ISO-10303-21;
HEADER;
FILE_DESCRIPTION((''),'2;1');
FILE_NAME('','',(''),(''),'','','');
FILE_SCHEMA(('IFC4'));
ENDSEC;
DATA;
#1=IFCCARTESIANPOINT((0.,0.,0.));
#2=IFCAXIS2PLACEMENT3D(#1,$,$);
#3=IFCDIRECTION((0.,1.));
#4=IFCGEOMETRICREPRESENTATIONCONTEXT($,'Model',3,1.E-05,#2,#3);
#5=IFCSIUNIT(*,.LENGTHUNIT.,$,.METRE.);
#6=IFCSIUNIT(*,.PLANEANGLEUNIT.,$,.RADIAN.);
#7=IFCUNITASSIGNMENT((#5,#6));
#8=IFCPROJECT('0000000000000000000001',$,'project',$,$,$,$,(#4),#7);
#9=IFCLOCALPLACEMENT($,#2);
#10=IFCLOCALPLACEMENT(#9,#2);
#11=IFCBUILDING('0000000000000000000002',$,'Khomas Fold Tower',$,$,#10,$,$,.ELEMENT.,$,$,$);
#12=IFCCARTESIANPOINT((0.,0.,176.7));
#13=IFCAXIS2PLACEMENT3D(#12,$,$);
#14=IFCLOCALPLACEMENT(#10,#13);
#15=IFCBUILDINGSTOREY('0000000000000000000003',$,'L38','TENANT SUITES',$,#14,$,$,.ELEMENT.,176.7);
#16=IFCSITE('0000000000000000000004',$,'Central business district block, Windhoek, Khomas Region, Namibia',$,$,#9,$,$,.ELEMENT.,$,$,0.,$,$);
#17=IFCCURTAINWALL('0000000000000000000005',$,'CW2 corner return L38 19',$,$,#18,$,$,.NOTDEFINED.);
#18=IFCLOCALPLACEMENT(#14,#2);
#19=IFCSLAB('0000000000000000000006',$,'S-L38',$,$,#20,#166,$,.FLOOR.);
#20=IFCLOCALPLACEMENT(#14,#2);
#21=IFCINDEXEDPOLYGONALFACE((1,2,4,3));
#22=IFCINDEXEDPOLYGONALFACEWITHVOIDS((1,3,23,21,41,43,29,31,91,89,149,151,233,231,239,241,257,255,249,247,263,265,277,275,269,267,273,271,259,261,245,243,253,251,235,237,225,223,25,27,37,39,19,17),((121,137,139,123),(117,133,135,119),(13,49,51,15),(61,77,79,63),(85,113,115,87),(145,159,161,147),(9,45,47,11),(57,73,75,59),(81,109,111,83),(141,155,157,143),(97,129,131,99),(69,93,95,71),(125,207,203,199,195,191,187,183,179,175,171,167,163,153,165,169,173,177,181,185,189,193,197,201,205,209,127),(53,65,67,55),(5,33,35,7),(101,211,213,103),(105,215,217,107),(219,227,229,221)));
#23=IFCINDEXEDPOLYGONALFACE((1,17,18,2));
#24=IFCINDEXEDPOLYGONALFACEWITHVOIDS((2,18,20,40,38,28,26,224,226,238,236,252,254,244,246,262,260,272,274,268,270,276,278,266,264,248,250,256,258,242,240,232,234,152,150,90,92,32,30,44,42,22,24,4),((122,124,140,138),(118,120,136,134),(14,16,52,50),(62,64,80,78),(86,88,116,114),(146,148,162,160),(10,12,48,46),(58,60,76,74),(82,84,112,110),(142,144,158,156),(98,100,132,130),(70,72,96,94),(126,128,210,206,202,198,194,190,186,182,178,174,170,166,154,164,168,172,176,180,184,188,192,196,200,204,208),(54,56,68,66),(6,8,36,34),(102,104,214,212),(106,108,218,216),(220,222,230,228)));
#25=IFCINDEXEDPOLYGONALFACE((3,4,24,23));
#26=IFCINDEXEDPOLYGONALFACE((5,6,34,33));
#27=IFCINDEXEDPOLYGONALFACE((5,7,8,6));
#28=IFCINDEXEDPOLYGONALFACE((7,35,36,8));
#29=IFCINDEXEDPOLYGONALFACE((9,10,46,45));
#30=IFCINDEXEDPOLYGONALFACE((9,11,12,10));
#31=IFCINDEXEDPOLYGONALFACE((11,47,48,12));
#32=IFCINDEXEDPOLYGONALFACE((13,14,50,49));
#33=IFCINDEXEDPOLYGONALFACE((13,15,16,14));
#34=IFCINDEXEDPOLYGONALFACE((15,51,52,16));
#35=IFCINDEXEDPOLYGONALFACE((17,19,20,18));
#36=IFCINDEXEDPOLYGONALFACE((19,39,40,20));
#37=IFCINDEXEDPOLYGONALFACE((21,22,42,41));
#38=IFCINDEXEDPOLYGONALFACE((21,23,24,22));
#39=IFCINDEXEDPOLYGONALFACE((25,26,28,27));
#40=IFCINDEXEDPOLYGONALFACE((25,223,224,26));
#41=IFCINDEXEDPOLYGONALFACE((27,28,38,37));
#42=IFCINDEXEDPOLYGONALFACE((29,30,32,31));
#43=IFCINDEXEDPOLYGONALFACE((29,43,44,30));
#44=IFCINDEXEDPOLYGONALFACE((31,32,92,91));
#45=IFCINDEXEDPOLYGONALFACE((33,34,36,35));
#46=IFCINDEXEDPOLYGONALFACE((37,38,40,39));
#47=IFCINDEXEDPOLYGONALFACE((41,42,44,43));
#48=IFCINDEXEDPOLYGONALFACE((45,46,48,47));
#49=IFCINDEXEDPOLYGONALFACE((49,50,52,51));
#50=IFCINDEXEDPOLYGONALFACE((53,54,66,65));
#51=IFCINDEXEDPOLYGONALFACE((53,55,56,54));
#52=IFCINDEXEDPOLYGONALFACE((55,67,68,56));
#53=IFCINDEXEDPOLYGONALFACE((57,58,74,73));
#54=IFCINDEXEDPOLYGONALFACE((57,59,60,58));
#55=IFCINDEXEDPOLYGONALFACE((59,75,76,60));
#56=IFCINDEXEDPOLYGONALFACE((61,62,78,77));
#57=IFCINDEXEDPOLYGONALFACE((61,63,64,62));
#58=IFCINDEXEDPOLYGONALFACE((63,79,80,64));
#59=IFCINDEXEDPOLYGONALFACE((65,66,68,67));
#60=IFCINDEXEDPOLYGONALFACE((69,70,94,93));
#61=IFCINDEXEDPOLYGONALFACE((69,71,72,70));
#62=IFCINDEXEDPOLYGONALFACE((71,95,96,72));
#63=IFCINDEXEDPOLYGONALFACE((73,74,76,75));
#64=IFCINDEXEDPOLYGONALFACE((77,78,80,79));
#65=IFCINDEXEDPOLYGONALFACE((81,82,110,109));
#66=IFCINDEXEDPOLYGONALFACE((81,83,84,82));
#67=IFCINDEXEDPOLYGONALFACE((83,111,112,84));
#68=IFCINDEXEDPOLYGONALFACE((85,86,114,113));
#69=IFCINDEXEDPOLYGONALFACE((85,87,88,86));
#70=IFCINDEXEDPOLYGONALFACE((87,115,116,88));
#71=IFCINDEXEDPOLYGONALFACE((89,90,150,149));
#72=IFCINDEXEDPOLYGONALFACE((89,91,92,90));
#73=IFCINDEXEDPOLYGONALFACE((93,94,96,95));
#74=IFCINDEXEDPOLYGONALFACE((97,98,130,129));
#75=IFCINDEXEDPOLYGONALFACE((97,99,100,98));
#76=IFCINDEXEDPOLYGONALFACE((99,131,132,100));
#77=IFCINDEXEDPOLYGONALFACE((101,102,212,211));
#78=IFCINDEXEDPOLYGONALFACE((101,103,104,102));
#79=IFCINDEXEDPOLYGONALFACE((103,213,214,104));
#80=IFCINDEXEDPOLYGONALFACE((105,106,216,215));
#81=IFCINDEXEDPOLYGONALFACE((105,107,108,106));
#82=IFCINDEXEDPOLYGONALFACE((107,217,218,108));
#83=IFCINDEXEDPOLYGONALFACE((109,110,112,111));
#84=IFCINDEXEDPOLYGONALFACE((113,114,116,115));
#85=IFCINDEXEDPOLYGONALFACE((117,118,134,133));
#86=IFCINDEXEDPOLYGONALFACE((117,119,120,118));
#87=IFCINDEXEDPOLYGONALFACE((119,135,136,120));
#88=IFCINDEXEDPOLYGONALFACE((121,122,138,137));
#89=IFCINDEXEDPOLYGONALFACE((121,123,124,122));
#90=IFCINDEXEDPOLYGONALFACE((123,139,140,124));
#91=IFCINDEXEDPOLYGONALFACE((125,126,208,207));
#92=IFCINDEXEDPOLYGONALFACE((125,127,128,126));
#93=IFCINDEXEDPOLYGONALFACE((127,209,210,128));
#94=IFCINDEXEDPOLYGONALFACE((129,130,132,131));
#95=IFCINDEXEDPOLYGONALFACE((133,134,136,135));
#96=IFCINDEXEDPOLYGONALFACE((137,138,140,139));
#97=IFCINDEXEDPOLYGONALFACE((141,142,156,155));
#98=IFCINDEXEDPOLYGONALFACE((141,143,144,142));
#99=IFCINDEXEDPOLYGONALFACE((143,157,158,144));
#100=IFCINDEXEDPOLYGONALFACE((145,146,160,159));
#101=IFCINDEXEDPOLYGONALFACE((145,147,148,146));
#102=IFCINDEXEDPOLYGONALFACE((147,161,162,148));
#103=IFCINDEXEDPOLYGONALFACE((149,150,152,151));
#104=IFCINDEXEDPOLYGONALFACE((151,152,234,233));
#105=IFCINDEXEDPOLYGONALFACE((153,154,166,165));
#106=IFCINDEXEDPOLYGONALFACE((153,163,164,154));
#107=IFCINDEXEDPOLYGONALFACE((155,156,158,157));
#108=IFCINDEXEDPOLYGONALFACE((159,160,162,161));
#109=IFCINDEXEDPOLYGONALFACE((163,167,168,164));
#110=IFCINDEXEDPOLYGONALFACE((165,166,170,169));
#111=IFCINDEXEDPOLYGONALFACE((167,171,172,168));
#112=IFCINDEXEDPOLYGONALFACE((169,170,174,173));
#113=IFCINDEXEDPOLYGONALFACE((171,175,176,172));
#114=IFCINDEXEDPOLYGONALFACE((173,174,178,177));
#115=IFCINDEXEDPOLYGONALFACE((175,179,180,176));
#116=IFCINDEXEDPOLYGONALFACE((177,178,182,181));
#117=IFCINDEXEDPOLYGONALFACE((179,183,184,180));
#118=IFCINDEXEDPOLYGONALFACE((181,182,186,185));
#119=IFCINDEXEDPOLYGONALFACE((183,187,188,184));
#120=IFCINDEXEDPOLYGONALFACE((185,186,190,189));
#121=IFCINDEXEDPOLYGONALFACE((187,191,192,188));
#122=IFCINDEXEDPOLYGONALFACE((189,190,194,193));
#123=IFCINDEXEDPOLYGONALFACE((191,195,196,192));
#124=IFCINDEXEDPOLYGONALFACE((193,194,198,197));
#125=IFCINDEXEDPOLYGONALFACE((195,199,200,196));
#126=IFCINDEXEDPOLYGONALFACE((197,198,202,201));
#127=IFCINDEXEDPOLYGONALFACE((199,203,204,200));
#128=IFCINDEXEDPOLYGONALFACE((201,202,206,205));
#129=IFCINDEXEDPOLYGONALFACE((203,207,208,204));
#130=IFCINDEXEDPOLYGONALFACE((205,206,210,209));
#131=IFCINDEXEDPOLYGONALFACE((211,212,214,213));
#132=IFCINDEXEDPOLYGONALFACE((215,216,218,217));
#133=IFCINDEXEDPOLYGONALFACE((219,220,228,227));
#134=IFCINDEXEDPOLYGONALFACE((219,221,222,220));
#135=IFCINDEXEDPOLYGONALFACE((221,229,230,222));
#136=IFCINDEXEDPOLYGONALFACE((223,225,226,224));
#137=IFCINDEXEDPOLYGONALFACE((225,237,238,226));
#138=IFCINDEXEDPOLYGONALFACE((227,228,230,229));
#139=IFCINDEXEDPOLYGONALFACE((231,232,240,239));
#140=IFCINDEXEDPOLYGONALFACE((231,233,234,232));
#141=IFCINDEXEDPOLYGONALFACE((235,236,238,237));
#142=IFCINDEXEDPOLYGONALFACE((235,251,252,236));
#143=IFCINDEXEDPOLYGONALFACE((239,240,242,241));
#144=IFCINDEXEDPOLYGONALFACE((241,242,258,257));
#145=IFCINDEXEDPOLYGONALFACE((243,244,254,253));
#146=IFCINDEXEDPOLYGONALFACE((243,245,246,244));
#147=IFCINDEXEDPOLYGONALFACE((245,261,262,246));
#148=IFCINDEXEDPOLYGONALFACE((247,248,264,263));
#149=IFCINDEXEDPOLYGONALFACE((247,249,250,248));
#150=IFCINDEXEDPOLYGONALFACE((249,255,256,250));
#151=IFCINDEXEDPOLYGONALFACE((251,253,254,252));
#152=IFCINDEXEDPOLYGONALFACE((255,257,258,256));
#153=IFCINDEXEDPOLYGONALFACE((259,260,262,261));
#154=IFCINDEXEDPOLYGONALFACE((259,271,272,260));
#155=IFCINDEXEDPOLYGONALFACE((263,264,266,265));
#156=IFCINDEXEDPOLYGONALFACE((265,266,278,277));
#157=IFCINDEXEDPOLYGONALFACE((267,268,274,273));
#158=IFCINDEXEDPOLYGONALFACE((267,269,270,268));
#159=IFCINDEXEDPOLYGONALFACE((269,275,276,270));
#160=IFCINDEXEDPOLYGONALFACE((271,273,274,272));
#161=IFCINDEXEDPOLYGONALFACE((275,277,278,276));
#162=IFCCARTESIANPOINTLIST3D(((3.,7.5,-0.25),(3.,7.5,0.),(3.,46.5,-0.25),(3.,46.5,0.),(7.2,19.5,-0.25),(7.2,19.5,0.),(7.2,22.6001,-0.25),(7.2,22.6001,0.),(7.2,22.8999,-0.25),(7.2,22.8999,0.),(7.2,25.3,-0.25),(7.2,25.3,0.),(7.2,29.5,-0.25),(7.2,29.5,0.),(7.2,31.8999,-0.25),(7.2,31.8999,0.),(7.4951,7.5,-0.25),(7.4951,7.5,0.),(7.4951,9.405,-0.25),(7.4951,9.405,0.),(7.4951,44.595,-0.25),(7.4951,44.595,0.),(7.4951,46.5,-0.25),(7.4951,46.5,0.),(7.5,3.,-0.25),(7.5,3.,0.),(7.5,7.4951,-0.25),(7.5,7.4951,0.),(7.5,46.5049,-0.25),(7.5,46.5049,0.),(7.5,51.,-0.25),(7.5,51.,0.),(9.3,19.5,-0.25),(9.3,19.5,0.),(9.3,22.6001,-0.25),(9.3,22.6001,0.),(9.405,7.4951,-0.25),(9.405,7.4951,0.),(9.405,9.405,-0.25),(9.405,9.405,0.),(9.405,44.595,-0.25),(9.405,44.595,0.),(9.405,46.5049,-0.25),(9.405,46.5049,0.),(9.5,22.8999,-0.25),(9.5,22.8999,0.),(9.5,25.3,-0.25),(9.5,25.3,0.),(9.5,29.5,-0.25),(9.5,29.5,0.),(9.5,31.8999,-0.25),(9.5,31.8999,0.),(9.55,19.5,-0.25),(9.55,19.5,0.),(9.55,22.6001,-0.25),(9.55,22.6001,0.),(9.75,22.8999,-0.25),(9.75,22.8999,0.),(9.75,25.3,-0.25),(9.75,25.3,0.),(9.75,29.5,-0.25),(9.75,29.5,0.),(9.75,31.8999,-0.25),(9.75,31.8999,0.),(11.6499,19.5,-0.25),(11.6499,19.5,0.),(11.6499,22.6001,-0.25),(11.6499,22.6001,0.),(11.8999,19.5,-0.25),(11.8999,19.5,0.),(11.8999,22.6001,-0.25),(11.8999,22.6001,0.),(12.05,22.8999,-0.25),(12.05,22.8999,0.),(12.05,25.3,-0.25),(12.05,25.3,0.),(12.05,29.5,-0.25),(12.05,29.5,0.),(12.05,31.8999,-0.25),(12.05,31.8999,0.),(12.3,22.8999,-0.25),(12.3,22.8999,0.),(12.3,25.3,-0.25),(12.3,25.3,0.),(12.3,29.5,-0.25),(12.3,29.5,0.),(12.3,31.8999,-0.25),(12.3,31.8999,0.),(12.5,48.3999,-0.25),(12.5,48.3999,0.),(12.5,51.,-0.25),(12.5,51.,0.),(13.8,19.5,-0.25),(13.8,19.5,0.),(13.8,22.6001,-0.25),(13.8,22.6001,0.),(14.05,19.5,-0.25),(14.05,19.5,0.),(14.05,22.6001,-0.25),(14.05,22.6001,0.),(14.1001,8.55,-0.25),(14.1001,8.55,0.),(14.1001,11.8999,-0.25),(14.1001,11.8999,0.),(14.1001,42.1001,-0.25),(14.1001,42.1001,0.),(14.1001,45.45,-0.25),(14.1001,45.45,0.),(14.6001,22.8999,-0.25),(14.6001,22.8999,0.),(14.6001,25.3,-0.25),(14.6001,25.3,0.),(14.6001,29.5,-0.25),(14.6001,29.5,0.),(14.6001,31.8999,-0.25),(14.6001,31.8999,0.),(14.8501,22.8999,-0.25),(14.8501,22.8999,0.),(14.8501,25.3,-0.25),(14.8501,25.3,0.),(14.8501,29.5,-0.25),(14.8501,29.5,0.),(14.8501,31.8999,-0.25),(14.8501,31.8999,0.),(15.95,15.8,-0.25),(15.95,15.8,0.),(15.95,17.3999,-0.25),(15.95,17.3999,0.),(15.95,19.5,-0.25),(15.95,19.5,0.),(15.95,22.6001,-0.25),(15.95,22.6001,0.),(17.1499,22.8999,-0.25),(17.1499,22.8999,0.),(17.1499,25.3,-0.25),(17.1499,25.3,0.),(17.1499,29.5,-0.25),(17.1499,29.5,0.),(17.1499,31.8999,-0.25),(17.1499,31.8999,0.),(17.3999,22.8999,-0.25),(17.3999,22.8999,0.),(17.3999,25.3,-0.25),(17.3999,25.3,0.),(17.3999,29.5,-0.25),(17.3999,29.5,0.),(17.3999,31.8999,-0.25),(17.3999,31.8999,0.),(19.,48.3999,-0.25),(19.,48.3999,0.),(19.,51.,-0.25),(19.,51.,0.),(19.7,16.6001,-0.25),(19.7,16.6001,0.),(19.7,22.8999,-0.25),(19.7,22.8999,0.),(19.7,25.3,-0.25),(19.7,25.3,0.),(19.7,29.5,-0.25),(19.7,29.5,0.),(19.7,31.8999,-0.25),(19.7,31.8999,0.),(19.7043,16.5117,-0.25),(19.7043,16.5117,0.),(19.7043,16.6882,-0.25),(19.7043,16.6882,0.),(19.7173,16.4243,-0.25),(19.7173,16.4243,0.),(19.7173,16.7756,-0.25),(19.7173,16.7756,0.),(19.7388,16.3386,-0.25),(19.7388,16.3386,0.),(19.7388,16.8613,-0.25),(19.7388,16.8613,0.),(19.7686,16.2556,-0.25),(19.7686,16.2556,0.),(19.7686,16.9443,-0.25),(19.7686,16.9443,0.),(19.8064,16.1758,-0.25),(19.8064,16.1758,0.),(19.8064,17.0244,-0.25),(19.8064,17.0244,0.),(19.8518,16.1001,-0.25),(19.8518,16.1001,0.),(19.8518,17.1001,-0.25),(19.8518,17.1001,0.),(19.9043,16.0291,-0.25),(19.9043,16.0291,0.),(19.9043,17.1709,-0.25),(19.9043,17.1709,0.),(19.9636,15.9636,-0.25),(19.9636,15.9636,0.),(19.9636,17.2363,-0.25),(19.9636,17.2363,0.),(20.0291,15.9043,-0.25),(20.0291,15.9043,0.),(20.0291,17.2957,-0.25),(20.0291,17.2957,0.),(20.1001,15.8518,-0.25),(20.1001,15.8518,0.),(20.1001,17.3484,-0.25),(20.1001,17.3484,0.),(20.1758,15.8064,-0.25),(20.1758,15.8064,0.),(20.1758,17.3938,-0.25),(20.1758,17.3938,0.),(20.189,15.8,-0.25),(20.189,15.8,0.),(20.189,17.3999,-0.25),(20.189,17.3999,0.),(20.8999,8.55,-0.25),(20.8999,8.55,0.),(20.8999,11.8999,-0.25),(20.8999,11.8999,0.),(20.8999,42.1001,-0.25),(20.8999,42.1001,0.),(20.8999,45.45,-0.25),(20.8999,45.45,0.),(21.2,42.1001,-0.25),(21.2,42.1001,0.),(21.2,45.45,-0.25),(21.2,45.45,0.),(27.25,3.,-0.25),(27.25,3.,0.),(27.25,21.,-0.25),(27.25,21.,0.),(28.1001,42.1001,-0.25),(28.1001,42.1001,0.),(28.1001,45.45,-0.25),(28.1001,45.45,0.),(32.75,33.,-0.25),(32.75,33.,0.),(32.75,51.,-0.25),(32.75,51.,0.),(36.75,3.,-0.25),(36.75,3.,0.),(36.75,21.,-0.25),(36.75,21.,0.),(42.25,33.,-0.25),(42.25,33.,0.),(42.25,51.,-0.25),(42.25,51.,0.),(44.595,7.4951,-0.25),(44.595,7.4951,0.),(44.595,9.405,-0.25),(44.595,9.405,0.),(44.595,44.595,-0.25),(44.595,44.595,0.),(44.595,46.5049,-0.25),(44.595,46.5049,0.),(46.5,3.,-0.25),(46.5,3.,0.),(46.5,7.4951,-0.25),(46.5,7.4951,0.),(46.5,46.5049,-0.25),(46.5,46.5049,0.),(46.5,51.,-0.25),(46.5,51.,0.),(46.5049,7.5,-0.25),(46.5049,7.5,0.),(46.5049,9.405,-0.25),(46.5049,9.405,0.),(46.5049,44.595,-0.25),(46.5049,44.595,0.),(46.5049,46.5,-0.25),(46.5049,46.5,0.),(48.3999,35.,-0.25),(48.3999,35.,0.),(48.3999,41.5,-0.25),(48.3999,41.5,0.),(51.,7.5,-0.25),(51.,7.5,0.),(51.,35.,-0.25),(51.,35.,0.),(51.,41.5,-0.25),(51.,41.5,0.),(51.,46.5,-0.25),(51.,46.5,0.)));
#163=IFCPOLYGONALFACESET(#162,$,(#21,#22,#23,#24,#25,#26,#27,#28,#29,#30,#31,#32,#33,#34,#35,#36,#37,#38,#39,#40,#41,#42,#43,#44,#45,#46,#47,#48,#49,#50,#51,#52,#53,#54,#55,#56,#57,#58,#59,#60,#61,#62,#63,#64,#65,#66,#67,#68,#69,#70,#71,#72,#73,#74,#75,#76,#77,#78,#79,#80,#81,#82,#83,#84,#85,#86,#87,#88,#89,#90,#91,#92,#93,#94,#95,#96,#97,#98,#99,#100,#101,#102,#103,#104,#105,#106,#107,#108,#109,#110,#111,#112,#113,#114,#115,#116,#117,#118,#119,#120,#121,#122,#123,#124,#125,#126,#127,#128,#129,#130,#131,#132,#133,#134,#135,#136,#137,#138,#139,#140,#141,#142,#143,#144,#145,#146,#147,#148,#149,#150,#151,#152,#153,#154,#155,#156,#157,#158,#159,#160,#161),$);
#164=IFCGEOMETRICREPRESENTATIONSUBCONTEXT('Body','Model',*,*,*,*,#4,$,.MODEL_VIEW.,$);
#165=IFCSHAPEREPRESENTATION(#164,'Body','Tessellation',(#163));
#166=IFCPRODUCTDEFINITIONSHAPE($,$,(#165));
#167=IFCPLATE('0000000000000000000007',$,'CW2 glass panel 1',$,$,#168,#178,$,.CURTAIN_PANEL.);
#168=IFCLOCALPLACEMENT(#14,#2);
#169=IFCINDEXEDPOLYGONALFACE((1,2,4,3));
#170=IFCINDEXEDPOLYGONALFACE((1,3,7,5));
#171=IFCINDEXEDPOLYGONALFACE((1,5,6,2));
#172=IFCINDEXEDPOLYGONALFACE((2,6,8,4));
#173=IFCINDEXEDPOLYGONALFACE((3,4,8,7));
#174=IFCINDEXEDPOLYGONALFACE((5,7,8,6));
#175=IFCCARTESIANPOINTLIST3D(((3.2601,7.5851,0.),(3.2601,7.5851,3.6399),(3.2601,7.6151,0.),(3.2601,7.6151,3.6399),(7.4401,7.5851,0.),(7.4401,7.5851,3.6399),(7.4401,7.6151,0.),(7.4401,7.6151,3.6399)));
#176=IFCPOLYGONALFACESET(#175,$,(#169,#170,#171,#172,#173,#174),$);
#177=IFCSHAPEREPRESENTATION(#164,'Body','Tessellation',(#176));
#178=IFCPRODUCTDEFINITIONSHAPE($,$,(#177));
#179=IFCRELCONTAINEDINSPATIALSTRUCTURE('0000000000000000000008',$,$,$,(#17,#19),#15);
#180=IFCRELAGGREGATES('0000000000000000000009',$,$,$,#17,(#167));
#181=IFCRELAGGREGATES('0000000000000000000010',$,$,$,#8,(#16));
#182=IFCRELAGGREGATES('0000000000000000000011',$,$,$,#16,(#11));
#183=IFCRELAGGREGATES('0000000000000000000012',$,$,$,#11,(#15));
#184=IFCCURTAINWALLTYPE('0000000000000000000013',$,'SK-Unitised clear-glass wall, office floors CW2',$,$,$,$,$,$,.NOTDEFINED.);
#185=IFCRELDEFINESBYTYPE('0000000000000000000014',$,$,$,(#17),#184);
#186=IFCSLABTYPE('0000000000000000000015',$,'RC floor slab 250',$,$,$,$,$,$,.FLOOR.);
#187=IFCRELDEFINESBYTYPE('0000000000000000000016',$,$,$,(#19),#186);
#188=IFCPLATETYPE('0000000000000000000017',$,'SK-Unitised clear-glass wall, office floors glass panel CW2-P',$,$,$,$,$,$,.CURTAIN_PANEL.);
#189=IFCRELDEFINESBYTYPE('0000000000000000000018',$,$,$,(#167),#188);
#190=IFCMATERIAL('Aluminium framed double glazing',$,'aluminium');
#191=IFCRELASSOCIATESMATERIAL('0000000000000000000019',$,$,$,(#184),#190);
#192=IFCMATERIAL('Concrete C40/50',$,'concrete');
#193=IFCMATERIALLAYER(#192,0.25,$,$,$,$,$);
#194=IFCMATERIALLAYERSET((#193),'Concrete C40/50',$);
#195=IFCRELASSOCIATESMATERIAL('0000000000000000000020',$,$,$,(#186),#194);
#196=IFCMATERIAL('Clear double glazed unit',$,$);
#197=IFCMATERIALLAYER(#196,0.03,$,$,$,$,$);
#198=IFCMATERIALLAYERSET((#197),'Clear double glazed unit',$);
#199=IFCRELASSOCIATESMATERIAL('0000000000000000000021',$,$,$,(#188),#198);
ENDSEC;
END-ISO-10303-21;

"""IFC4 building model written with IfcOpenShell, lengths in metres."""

from ifc_helpers import new_model, si_unit, direction, frame, origin, origin_2d, place, context, subcontext, project, spatial, polyline, rectangle, outline, extrude, source, transform, mapped, material, layer, layer_set, type_object, element, aggregate, save


model = new_model("IFC4")

# Units and contexts
model_context = context("Model", 3, precision=1e-05, world=origin(), true_north=direction((0.0, 1.0)))
body_context = subcontext(model_context, "Body", "Model", "MODEL_VIEW")
ifc_project = project(units=[si_unit("LENGTHUNIT", "METRE"), si_unit("PLANEANGLEUNIT", "RADIAN")], contexts=[model_context])

# Site, building, storey
site_placement = place(None, origin())
site = spatial("IfcSite", under=ifc_project, at=site_placement, Name="Central business district block, Windhoek, Khomas Region, Namibia", CompositionType="ELEMENT", RefElevation=0.0)
building_placement = place(site_placement, origin())
building = spatial("IfcBuilding", under=site, at=building_placement, Name="Khomas Fold Tower", CompositionType="ELEMENT")
storey_placement = place(building_placement, frame((0.0, 0.0, 176.7)))
storey = spatial("IfcBuildingStorey", under=building, at=storey_placement, Name="L38", Description="TENANT SUITES", CompositionType="ELEMENT", Elevation=176.7)

# Curtain wall
ifc_material_1 = material(Name="Aluminium framed double glazing", Category="aluminium")
curtain_wall_type = type_object("IfcCurtainWallType", Name="SK-Unitised clear-glass wall, office floors CW2", PredefinedType="NOTDEFINED", material=ifc_material_1)
curtain_wall_1_placement = place(storey_placement, origin())
curtain_wall_1 = element("IfcCurtainWall", 1, at=curtain_wall_1_placement, inside=storey, type_object=curtain_wall_type, Name="CW2 corner return L38 19", PredefinedType="NOTDEFINED")

# Slab
ifc_material_2 = material(Name="Concrete C40/50", Category="concrete")
ifc_layer_1 = layer(ifc_material_2, 0.25)
ifc_layer_set_1 = layer_set([ifc_layer_1], Name="Concrete C40/50")
slab_type_1 = type_object("IfcSlabType", Name="RC floor slab 250", PredefinedType="FLOOR", material=ifc_layer_set_1)
shared_shape_1 = source(origin(), body_context, "Body", "SweptSolid", [
    extrude(outline(polyline([(3.0, 7.5), (7.4951, 7.5), (7.4951, 9.405), (9.405, 9.405), (9.405, 7.4951), (7.5, 7.4951), (7.5, 3.0), (27.25, 3.0), (27.25, 21.0), (36.75, 21.0), (36.75, 3.0), (46.5, 3.0), (46.5, 7.4951), (44.595, 7.4951), (44.595, 9.405), (46.5049, 9.405), (46.5049, 7.5), (51.0, 7.5), (51.0, 35.0), (48.3999, 35.0), (48.3999, 41.5), (51.0, 41.5), (51.0, 46.5), (46.5049, 46.5), (46.5049, 44.595), (44.595, 44.595), (44.595, 46.5049), (46.5, 46.5049), (46.5, 51.0), (42.25, 51.0), (42.25, 33.0), (32.75, 33.0), (32.75, 51.0), (19.0, 51.0), (19.0, 48.3999), (12.5, 48.3999), (12.5, 51.0), (7.5, 51.0), (7.5, 46.5049), (9.405, 46.5049), (9.405, 44.595), (7.4951, 44.595), (7.4951, 46.5), (3.0, 46.5), (3.0, 7.5)]), holes=[polyline([(7.2, 19.5), (7.2, 22.6001), (9.3, 22.6001), (9.3, 19.5), (7.2, 19.5)]), polyline([(7.2, 22.8999), (7.2, 25.3), (9.5, 25.3), (9.5, 22.8999), (7.2, 22.8999)]), polyline([(7.2, 29.5), (7.2, 31.8999), (9.5, 31.8999), (9.5, 29.5), (7.2, 29.5)]), polyline([(9.55, 19.5), (9.55, 22.6001), (11.6499, 22.6001), (11.6499, 19.5), (9.55, 19.5)]), polyline([(9.75, 22.8999), (9.75, 25.3), (12.05, 25.3), (12.05, 22.8999), (9.75, 22.8999)]), polyline([(9.75, 29.5), (9.75, 31.8999), (12.05, 31.8999), (12.05, 29.5), (9.75, 29.5)]), polyline([(11.8999, 19.5), (11.8999, 22.6001), (13.8, 22.6001), (13.8, 19.5), (11.8999, 19.5)]), polyline([(12.3, 22.8999), (12.3, 25.3), (14.6001, 25.3), (14.6001, 22.8999), (12.3, 22.8999)]), polyline([(12.3, 29.5), (12.3, 31.8999), (14.6001, 31.8999), (14.6001, 29.5), (12.3, 29.5)]), polyline([(14.05, 19.5), (14.05, 22.6001), (15.95, 22.6001), (15.95, 19.5), (14.05, 19.5)]), polyline([(14.1001, 8.55), (14.1001, 11.8999), (20.8999, 11.8999), (20.8999, 8.55), (14.1001, 8.55)]), polyline([(14.1001, 42.1001), (14.1001, 45.45), (20.8999, 45.45), (20.8999, 42.1001), (14.1001, 42.1001)]), polyline([(14.8501, 22.8999), (14.8501, 25.3), (17.1499, 25.3), (17.1499, 22.8999), (14.8501, 22.8999)]), polyline([(14.8501, 29.5), (14.8501, 31.8999), (17.1499, 31.8999), (17.1499, 29.5), (14.8501, 29.5)]), polyline([(15.95, 15.8), (15.95, 17.3999), (20.189, 17.3999), (20.1758, 17.3938), (20.1001, 17.3484), (20.0291, 17.2957), (19.9636, 17.2363), (19.9043, 17.1709), (19.8518, 17.1001), (19.8064, 17.0244), (19.7686, 16.9443), (19.7388, 16.8613), (19.7173, 16.7756), (19.7043, 16.6882), (19.7, 16.6001), (19.7043, 16.5117), (19.7173, 16.4243), (19.7388, 16.3386), (19.7686, 16.2556), (19.8064, 16.1758), (19.8518, 16.1001), (19.9043, 16.0291), (19.9636, 15.9636), (20.0291, 15.9043), (20.1001, 15.8518), (20.1758, 15.8064), (20.189, 15.8), (15.95, 15.8)]), polyline([(17.3999, 22.8999), (17.3999, 25.3), (19.7, 25.3), (19.7, 22.8999), (17.3999, 22.8999)]), polyline([(17.3999, 29.5), (17.3999, 31.8999), (19.7, 31.8999), (19.7, 29.5), (17.3999, 29.5)]), polyline([(21.2, 42.1001), (21.2, 45.45), (28.1001, 45.45), (28.1001, 42.1001), (21.2, 42.1001)])]), origin(), (0.0, 0.0, 1.0), 0.25),
])
slab_1_placement = place(storey_placement, frame((0.0, 0.0, -0.25)))
element("IfcSlab", 2, at=slab_1_placement, inside=storey, type_object=slab_type_1, Name="S-L38", PredefinedType="FLOOR", context=body_context, shape_type="MappedRepresentation", body=[
    mapped(shared_shape_1, transform((0.0, 0.0, 0.0))),
])

# Plate
ifc_material_3 = material(Name="Clear double glazed unit")
ifc_layer_2 = layer(ifc_material_3, 0.03)
ifc_layer_set_2 = layer_set([ifc_layer_2], Name="Clear double glazed unit")
plate_type = type_object("IfcPlateType", Name="SK-Unitised clear-glass wall, office floors glass panel CW2-P", PredefinedType="CURTAIN_PANEL", material=ifc_layer_set_2)
shared_shape_2 = source(origin(), body_context, "Body", "SweptSolid", [
    extrude(rectangle(XDim=4.1799, YDim=0.03, at=origin_2d()), origin(), (0.0, 0.0, 1.0), 3.6399),
])
plate_1_placement = place(storey_placement, frame((5.3501, 7.6001, 0.0), z_axis=(0.0, 0.0, 1.0), x_axis=(1.0, 0.0, 0.0)))
plate_1 = element("IfcPlate", 3, at=plate_1_placement, type_object=plate_type, Name="CW2 glass panel 1", PredefinedType="CURTAIN_PANEL", context=body_context, shape_type="MappedRepresentation", body=[
    mapped(shared_shape_2, transform((0.0, 0.0, 0.0))),
])
aggregate(curtain_wall_1, [plate_1])

save(model, "model.ifc")
